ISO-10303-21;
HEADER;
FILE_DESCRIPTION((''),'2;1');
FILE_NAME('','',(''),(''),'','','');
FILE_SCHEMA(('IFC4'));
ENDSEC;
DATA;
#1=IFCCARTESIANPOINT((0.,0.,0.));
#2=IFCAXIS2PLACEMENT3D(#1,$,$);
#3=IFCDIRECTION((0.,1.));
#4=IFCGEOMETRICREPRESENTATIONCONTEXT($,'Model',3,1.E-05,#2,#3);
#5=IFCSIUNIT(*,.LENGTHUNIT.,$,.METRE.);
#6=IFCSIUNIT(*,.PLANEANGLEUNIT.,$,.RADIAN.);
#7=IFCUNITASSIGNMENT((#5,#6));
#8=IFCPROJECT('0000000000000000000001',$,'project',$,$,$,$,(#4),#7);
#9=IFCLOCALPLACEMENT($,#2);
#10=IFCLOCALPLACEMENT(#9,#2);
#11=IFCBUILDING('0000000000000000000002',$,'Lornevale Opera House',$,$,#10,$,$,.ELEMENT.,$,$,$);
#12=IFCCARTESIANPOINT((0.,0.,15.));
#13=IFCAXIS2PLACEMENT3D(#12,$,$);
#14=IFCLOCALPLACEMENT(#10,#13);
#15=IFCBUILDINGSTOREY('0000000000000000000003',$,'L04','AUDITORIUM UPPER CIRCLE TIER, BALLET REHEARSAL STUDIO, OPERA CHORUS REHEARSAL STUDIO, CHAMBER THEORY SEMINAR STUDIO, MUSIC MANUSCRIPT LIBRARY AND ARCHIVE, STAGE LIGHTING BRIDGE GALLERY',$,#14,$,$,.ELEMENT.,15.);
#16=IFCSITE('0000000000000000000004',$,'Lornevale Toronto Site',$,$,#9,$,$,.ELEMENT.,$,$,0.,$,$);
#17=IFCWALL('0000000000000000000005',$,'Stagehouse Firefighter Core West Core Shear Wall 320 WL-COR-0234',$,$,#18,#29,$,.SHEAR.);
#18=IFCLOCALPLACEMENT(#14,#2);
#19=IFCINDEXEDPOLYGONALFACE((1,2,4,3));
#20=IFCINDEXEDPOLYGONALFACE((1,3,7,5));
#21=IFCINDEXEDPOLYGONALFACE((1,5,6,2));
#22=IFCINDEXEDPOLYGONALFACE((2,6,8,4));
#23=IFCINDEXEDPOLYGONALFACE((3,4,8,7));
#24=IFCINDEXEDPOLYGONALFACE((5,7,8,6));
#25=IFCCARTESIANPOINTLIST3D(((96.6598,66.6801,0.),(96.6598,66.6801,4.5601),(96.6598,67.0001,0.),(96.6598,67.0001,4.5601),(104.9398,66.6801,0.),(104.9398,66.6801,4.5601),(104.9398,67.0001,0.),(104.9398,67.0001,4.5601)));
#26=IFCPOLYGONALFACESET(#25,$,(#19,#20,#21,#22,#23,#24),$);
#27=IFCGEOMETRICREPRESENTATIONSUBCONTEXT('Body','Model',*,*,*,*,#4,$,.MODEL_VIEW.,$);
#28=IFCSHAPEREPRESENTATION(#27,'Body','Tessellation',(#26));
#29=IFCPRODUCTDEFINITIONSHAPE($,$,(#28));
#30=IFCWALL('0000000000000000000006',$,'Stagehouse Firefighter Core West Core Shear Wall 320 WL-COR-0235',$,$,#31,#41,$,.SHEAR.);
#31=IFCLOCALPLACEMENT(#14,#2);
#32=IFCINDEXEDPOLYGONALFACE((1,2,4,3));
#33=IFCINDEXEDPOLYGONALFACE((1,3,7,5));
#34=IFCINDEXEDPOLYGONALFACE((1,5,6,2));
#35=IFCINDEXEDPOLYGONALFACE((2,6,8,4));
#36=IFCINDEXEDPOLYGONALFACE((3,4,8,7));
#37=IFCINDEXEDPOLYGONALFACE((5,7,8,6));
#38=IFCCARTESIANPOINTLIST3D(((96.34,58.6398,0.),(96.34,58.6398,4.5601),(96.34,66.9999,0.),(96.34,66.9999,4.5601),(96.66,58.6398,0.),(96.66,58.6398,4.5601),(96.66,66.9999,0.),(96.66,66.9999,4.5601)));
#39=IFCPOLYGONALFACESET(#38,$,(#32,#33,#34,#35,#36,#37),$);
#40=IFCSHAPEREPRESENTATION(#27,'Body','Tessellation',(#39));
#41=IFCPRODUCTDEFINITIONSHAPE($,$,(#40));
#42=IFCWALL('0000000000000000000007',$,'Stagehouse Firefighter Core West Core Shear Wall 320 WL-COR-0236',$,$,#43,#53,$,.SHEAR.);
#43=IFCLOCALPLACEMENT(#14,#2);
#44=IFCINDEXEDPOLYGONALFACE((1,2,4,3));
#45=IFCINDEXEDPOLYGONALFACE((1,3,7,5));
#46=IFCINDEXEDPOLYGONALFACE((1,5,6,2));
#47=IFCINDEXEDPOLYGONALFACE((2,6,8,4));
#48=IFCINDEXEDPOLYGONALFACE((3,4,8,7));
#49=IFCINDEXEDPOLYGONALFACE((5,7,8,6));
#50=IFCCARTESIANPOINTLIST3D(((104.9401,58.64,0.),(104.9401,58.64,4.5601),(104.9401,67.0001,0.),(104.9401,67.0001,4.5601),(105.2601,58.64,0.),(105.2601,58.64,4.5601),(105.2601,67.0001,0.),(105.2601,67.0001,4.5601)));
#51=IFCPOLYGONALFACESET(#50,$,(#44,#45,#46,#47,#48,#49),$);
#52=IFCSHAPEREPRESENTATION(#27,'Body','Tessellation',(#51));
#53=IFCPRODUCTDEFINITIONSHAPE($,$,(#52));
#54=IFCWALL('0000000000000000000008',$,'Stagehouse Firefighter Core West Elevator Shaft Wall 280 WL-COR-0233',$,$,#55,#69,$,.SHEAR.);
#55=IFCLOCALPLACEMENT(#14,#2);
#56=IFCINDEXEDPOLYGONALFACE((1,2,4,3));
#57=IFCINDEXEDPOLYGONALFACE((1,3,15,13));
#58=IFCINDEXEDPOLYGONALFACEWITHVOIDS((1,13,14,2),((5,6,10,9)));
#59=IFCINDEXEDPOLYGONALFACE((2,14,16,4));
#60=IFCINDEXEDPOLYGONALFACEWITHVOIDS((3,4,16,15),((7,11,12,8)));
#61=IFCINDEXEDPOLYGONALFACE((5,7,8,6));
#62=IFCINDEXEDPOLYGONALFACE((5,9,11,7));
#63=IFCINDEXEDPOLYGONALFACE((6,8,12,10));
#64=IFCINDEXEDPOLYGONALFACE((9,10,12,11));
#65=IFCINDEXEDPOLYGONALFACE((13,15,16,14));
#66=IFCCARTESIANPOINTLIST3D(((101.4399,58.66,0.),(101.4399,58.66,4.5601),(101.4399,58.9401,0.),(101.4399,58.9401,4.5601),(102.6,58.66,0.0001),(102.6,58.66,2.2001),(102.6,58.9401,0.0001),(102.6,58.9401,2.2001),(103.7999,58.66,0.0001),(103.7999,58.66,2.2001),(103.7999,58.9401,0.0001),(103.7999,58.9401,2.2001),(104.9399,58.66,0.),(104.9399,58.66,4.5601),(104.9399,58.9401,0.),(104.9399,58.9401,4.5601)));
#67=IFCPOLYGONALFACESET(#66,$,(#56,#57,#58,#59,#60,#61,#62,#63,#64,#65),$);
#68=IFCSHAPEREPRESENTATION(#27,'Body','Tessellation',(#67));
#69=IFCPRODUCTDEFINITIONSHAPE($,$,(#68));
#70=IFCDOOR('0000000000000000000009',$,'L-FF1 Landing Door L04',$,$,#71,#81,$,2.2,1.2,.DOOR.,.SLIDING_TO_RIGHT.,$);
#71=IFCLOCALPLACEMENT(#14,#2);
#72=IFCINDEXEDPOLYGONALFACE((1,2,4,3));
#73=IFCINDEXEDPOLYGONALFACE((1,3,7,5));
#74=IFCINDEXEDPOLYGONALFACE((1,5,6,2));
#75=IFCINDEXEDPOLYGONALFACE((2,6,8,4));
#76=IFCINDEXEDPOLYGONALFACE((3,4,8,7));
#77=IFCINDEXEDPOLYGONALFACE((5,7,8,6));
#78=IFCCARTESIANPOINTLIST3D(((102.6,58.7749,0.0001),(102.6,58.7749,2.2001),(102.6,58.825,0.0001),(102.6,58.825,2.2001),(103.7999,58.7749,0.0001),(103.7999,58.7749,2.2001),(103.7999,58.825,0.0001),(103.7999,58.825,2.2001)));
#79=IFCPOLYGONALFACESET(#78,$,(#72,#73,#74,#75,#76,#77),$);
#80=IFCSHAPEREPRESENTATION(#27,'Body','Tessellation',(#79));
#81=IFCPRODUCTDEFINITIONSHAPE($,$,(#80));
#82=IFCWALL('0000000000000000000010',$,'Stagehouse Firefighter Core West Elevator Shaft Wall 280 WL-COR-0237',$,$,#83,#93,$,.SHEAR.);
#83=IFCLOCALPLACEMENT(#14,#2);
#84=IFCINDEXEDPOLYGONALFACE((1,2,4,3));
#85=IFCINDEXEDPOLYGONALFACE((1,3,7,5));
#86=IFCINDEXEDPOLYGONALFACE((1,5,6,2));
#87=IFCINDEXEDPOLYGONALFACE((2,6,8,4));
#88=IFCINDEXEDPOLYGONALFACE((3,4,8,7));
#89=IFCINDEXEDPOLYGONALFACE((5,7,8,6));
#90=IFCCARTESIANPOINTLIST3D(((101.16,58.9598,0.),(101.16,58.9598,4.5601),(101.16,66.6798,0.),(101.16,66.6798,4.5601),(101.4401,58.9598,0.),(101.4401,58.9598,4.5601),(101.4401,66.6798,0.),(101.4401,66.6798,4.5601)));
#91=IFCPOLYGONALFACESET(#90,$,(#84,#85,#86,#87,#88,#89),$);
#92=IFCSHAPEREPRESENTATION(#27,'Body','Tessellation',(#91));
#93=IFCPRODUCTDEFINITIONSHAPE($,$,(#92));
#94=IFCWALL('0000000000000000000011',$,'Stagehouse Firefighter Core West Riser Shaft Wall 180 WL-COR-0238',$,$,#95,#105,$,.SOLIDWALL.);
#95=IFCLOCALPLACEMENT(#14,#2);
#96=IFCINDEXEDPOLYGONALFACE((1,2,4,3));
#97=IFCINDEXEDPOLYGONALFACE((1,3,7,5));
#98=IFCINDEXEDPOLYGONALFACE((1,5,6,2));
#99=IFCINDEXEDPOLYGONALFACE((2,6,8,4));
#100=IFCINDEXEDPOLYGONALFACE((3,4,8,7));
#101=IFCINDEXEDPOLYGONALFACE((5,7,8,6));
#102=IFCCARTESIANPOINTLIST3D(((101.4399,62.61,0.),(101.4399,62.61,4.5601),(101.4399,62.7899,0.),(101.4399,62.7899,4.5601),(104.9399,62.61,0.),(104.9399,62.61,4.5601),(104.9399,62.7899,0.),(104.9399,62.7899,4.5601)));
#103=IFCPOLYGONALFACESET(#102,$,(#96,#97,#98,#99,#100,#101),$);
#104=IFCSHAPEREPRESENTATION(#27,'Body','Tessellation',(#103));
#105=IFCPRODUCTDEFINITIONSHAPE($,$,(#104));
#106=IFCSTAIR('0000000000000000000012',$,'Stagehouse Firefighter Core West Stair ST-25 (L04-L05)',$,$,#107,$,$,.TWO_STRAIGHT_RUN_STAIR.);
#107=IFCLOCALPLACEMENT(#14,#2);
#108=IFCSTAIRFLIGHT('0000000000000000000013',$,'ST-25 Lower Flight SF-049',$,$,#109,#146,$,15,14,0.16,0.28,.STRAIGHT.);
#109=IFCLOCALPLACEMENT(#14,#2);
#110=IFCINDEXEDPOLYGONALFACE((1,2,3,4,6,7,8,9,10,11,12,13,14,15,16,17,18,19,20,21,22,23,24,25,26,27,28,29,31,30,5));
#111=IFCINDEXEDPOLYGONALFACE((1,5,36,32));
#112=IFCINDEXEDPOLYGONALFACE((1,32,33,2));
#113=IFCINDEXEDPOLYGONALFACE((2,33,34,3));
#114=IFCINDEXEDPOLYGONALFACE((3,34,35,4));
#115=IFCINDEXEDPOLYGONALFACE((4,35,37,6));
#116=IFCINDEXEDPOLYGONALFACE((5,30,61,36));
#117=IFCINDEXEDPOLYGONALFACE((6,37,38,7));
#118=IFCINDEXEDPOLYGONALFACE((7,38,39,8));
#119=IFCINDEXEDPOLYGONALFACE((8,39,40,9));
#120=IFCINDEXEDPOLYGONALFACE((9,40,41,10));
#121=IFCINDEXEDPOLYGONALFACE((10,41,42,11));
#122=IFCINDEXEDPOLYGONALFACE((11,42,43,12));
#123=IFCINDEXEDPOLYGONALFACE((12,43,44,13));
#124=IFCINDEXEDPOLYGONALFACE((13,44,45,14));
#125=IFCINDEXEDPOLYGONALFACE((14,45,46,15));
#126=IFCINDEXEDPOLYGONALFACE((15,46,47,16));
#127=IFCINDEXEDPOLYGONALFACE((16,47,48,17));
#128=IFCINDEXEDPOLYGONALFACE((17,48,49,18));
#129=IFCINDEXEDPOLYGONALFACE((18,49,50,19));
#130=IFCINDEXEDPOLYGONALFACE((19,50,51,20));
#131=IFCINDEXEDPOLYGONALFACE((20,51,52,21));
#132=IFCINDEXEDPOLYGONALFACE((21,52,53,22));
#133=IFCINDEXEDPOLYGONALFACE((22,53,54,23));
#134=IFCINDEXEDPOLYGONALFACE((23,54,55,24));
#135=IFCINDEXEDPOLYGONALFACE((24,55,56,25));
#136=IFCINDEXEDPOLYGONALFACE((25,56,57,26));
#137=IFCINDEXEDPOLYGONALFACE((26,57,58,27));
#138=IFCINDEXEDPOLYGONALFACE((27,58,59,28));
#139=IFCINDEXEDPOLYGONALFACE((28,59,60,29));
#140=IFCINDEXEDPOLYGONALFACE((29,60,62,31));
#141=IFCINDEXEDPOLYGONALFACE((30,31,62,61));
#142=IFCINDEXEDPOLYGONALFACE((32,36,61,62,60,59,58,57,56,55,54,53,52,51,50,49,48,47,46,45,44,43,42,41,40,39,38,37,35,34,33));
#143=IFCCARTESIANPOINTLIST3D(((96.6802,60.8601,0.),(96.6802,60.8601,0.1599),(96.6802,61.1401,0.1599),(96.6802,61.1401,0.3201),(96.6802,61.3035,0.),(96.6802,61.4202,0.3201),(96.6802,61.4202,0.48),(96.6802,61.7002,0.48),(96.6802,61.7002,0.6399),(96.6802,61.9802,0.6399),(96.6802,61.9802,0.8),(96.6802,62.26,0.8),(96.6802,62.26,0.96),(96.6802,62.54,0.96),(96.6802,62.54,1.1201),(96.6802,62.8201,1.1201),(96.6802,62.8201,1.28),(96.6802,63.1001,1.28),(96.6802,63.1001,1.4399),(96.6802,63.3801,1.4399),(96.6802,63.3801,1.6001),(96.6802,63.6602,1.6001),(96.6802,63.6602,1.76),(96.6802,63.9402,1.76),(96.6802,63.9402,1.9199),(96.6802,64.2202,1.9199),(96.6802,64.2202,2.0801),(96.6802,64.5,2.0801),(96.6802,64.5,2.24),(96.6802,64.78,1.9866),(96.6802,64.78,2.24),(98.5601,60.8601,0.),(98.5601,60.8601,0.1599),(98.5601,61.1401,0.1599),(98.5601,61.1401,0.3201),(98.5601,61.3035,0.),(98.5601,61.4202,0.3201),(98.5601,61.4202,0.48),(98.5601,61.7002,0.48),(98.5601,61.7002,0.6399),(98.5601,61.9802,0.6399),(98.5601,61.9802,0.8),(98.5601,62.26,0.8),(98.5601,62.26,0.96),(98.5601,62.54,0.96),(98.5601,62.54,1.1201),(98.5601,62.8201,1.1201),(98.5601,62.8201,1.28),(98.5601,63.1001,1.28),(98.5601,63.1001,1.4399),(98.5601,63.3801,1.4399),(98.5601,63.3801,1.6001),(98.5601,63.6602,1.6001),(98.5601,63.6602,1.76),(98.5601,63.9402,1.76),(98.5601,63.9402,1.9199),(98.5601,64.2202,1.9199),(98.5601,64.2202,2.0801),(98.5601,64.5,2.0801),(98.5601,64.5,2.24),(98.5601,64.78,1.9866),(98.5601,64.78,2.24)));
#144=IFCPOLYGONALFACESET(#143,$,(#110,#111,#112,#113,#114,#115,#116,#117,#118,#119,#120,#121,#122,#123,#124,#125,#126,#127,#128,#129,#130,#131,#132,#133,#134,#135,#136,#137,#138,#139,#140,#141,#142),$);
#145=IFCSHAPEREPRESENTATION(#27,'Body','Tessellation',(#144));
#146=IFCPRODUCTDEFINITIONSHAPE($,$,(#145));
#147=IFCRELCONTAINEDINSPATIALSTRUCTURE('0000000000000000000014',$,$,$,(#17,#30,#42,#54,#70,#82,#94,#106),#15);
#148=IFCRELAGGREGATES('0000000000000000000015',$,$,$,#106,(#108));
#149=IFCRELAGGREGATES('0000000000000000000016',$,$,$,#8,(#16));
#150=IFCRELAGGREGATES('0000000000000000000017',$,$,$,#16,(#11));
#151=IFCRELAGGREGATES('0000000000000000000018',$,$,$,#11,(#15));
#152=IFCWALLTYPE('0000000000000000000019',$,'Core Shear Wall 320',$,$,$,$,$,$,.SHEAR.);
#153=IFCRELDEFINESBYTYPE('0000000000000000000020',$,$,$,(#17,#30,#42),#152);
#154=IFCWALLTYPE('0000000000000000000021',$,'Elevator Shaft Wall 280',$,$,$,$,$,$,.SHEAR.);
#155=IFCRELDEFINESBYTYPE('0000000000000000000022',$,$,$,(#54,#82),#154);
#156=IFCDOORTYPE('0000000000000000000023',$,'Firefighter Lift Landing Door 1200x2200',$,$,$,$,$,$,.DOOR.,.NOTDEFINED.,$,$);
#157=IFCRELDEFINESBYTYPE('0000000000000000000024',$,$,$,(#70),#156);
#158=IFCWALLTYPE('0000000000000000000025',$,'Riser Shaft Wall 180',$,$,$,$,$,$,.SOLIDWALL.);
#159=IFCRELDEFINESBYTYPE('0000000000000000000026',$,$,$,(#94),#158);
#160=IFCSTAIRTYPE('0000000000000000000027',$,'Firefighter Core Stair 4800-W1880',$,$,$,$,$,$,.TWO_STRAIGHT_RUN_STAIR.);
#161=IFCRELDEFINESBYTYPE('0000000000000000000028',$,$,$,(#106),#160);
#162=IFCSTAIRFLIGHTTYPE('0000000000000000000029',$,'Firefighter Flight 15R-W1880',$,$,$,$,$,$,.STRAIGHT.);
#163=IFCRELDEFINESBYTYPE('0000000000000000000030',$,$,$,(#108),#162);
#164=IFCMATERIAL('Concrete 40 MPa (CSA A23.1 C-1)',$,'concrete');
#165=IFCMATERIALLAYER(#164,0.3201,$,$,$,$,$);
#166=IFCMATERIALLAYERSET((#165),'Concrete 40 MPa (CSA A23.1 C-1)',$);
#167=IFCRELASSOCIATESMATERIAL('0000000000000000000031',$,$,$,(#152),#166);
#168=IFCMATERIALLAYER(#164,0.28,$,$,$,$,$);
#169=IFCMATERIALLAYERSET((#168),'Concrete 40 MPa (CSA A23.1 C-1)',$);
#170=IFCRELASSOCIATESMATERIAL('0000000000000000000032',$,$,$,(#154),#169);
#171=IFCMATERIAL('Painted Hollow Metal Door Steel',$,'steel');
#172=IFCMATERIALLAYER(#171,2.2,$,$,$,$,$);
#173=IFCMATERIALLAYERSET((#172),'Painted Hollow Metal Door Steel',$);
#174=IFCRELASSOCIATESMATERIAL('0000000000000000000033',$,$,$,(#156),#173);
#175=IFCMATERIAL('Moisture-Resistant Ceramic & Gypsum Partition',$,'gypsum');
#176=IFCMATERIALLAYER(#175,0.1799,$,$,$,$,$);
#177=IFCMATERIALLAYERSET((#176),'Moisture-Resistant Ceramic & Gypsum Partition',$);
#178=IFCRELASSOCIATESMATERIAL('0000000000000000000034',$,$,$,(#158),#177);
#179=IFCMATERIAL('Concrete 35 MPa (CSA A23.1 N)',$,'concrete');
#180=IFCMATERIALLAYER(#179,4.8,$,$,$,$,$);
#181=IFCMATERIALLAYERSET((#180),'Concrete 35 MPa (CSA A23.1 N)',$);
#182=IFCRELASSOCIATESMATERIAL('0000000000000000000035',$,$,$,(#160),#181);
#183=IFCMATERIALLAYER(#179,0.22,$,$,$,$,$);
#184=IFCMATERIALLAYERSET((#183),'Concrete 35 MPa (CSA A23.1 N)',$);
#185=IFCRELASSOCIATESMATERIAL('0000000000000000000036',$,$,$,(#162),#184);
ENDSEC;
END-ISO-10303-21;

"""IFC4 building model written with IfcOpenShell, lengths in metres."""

from ifc_helpers import new_model, si_unit, direction, frame, frame_2d, origin, place, context, subcontext, project, spatial, polyline, rectangle, outline, extrude, material, layer, layer_set, type_object, element, fill, aggregate, save


model = new_model("IFC4")

# Units and contexts
model_context = context("Model", 3, precision=1e-05, world=origin(), true_north=direction((0.0, 1.0)))
body_context = subcontext(model_context, "Body", "Model", "MODEL_VIEW")
ifc_project = project(units=[si_unit("LENGTHUNIT", "METRE"), si_unit("PLANEANGLEUNIT", "RADIAN")], contexts=[model_context])

# Site, building, storey
site_placement = place(None, origin())
site = spatial("IfcSite", under=ifc_project, at=site_placement, Name="Lornevale Toronto Site", CompositionType="ELEMENT", RefElevation=0.0)
building_placement = place(site_placement, origin())
building = spatial("IfcBuilding", under=site, at=building_placement, Name="Lornevale Opera House", CompositionType="ELEMENT")
storey_placement = place(building_placement, frame((0.0, 0.0, 15.0)))
storey = spatial("IfcBuildingStorey", under=building, at=storey_placement, Name="L04", Description="AUDITORIUM UPPER CIRCLE TIER, BALLET REHEARSAL STUDIO, OPERA CHORUS REHEARSAL STUDIO, CHAMBER THEORY SEMINAR STUDIO, MUSIC MANUSCRIPT LIBRARY AND ARCHIVE, STAGE LIGHTING BRIDGE GALLERY", CompositionType="ELEMENT", Elevation=15.0)

# Shared definitions
ifc_material_1 = material(Name="Concrete 40 MPa (CSA A23.1 C-1)", Category="concrete")
ifc_layer_1 = layer(ifc_material_1, 0.3201)
ifc_layer_set_1 = layer_set([ifc_layer_1], Name="Concrete 40 MPa (CSA A23.1 C-1)")
wall_type_1 = type_object("IfcWallType", Name="Core Shear Wall 320", PredefinedType="SHEAR", material=ifc_layer_set_1)
ifc_material_2 = material(Name="Painted Hollow Metal Door Steel", Category="steel")

# Walls
wall_1_placement = place(storey_placement, frame((104.9399, 66.8401, 0.0), z_axis=(0.0, 0.0, 1.0), x_axis=(-1.0, 0.0, 0.0)))
element("IfcWall", 1, at=wall_1_placement, inside=storey, type_object=wall_type_1, Name="Stagehouse Firefighter Core West Core Shear Wall 320 WL-COR-0234", PredefinedType="SHEAR", context=body_context, shape_type="SweptSolid", body=[
    extrude(rectangle(XDim=8.28, YDim=0.3201, at=frame_2d((4.1401, 0.0))), origin(), (0.0, 0.0, 1.0), 4.5601),
])
for number, where, z_axis, x_axis, name in (
    (2, (96.5, 67.0, 0.0), (0.0, 0.0, 1.0), (0.0, -1.0, 0.0), "Stagehouse Firefighter Core West Core Shear Wall 320 WL-COR-0235"),
    (3, (105.1001, 58.6399, 0.0), (0.0, 0.0, 1.0), (0.0, 1.0, 0.0), "Stagehouse Firefighter Core West Core Shear Wall 320 WL-COR-0236"),
):
    element("IfcWall", number, at=place(storey_placement, frame(where, z_axis=z_axis, x_axis=x_axis)), inside=storey, type_object=wall_type_1, Name=name, PredefinedType="SHEAR", context=body_context, shape_type="SweptSolid", body=[
        extrude(rectangle(XDim=8.3601, YDim=0.3201, at=frame_2d((4.1802, 0.0))), origin(), (0.0, 0.0, 1.0), 4.5601),
    ])

# Wall, opening, door
ifc_layer_2 = layer(ifc_material_1, 0.28)
ifc_layer_set_2 = layer_set([ifc_layer_2], Name="Concrete 40 MPa (CSA A23.1 C-1)")
wall_type_2 = type_object("IfcWallType", Name="Elevator Shaft Wall 280", PredefinedType="SHEAR", material=ifc_layer_set_2)
wall_2_placement = place(storey_placement, frame((101.4399, 58.8, 0.0), z_axis=(0.0, 0.0, 1.0), x_axis=(1.0, 0.0, 0.0)))
wall_2 = element("IfcWall", 4, at=wall_2_placement, inside=storey, type_object=wall_type_2, Name="Stagehouse Firefighter Core West Elevator Shaft Wall 280 WL-COR-0233", PredefinedType="SHEAR", context=body_context, shape_type="SweptSolid", body=[
    extrude(rectangle(XDim=3.5, YDim=0.28, at=frame_2d((1.75, 0.0))), origin(), (0.0, 0.0, 1.0), 4.5601),
])
opening_1_placement = place(wall_2_placement, frame((1.1599, 0.0, 0.0)))
opening_1 = element("IfcOpeningElement", 5, at=opening_1_placement, cuts=wall_2, PredefinedType="OPENING", context=body_context, shape_type="SweptSolid", body=[
    extrude(rectangle(XDim=1.2, YDim=2.2, at=frame_2d((0.6001, 1.1001))), frame((0.0, 0.1499, 0.0), z_axis=(0.0, -1.0, 0.0), x_axis=(1.0, 0.0, 0.0)), (0.0, 0.0, 1.0), 0.3),
])
ifc_layer_3 = layer(ifc_material_2, 2.2)
ifc_layer_set_3 = layer_set([ifc_layer_3], Name="Painted Hollow Metal Door Steel")
door_type_1 = type_object("IfcDoorType", Name="Firefighter Lift Landing Door 1200x2200", OperationType="NOTDEFINED", PredefinedType="DOOR", material=ifc_layer_set_3)
door_1_placement = place(opening_1_placement, origin())
door_1 = element("IfcDoor", 6, at=door_1_placement, inside=storey, type_object=door_type_1, Name="L-FF1 Landing Door L04", OperationType="SLIDING_TO_RIGHT", OverallHeight=2.2, OverallWidth=1.2, PredefinedType="DOOR", context=body_context, shape_type="SweptSolid", body=[
    extrude(rectangle(XDim=1.2, YDim=2.2, at=frame_2d((0.6001, 1.1001))), frame((0.0, 0.0249, 0.0), z_axis=(0.0, -1.0, 0.0), x_axis=(1.0, 0.0, 0.0)), (0.0, 0.0, 1.0), 0.05),
])
fill(opening_1, door_1)

# Walls
wall_3_placement = place(storey_placement, frame((101.3, 58.96, 0.0), z_axis=(0.0, 0.0, 1.0), x_axis=(0.0, 1.0, 0.0)))
element("IfcWall", 7, at=wall_3_placement, inside=storey, type_object=wall_type_2, Name="Stagehouse Firefighter Core West Elevator Shaft Wall 280 WL-COR-0237", PredefinedType="SHEAR", context=body_context, shape_type="SweptSolid", body=[
    extrude(rectangle(XDim=7.72, YDim=0.28, at=frame_2d((3.8599, 0.0))), origin(), (0.0, 0.0, 1.0), 4.5601),
])
ifc_material_3 = material(Name="Moisture-Resistant Ceramic & Gypsum Partition", Category="gypsum")
ifc_layer_4 = layer(ifc_material_3, 0.1799)
ifc_layer_set_4 = layer_set([ifc_layer_4], Name="Moisture-Resistant Ceramic & Gypsum Partition")
wall_type_3 = type_object("IfcWallType", Name="Riser Shaft Wall 180", PredefinedType="SOLIDWALL", material=ifc_layer_set_4)
wall_4_placement = place(storey_placement, frame((101.4399, 62.7, 0.0), z_axis=(0.0, 0.0, 1.0), x_axis=(1.0, 0.0, 0.0)))
element("IfcWall", 8, at=wall_4_placement, inside=storey, type_object=wall_type_3, Name="Stagehouse Firefighter Core West Riser Shaft Wall 180 WL-COR-0238", PredefinedType="SOLIDWALL", context=body_context, shape_type="SweptSolid", body=[
    extrude(rectangle(XDim=3.5, YDim=0.1799, at=frame_2d((1.75, 0.0))), origin(), (0.0, 0.0, 1.0), 4.5601),
])

# Stair, stair flight
ifc_material_4 = material(Name="Concrete 35 MPa (CSA A23.1 N)", Category="concrete")
ifc_layer_5 = layer(ifc_material_4, 4.8)
ifc_layer_set_5 = layer_set([ifc_layer_5], Name="Concrete 35 MPa (CSA A23.1 N)")
stair_type = type_object("IfcStairType", Name="Firefighter Core Stair 4800-W1880", PredefinedType="TWO_STRAIGHT_RUN_STAIR", material=ifc_layer_set_5)
stair_placement = place(storey_placement, origin())
stair = element("IfcStair", 9, at=stair_placement, inside=storey, type_object=stair_type, Name="Stagehouse Firefighter Core West Stair ST-25 (L04-L05)", PredefinedType="TWO_STRAIGHT_RUN_STAIR")
ifc_layer_6 = layer(ifc_material_4, 0.22)
ifc_layer_set_6 = layer_set([ifc_layer_6], Name="Concrete 35 MPa (CSA A23.1 N)")
stair_flight_type = type_object("IfcStairFlightType", Name="Firefighter Flight 15R-W1880", PredefinedType="STRAIGHT", material=ifc_layer_set_6)
stair_flight_1_placement = place(storey_placement, frame((97.6201, 60.8601, 0.0), z_axis=(0.0, 0.0, 1.0), x_axis=(0.0, 1.0, 0.0)))
stair_flight_1 = element("IfcStairFlight", 10, at=stair_flight_1_placement, type_object=stair_flight_type, Name="ST-25 Lower Flight SF-049", NumberOfRisers=15, NumberOfTreads=14, PredefinedType="STRAIGHT", RiserHeight=0.16, TreadLength=0.28, context=body_context, shape_type="SweptSolid", body=[
    extrude(outline(polyline([(0.0, 0.0), (0.0, 0.1599), (0.28, 0.1599), (0.28, 0.3201), (0.5601, 0.3201), (0.5601, 0.48), (0.8401, 0.48), (0.8401, 0.6399), (1.1201, 0.6399), (1.1201, 0.8), (1.3999, 0.8), (1.3999, 0.96), (1.6799, 0.96), (1.6799, 1.1201), (1.96, 1.1201), (1.96, 1.28), (2.24, 1.28), (2.24, 1.4399), (2.52, 1.4399), (2.52, 1.6001), (2.8, 1.6001), (2.8, 1.76), (3.0801, 1.76), (3.0801, 1.9199), (3.3601, 1.9199), (3.3601, 2.0801), (3.6399, 2.0801), (3.6399, 2.24), (3.9199, 2.24), (3.9199, 1.9866), (0.4434, 0.0), (0.0, 0.0)])), frame((0.0, 0.9399, 0.0), z_axis=(0.0, -1.0, 0.0), x_axis=(1.0, 0.0, 0.0)), (0.0, 0.0, 1.0), 1.8799),
])
aggregate(stair, [stair_flight_1])

save(model, "model.ifc")
